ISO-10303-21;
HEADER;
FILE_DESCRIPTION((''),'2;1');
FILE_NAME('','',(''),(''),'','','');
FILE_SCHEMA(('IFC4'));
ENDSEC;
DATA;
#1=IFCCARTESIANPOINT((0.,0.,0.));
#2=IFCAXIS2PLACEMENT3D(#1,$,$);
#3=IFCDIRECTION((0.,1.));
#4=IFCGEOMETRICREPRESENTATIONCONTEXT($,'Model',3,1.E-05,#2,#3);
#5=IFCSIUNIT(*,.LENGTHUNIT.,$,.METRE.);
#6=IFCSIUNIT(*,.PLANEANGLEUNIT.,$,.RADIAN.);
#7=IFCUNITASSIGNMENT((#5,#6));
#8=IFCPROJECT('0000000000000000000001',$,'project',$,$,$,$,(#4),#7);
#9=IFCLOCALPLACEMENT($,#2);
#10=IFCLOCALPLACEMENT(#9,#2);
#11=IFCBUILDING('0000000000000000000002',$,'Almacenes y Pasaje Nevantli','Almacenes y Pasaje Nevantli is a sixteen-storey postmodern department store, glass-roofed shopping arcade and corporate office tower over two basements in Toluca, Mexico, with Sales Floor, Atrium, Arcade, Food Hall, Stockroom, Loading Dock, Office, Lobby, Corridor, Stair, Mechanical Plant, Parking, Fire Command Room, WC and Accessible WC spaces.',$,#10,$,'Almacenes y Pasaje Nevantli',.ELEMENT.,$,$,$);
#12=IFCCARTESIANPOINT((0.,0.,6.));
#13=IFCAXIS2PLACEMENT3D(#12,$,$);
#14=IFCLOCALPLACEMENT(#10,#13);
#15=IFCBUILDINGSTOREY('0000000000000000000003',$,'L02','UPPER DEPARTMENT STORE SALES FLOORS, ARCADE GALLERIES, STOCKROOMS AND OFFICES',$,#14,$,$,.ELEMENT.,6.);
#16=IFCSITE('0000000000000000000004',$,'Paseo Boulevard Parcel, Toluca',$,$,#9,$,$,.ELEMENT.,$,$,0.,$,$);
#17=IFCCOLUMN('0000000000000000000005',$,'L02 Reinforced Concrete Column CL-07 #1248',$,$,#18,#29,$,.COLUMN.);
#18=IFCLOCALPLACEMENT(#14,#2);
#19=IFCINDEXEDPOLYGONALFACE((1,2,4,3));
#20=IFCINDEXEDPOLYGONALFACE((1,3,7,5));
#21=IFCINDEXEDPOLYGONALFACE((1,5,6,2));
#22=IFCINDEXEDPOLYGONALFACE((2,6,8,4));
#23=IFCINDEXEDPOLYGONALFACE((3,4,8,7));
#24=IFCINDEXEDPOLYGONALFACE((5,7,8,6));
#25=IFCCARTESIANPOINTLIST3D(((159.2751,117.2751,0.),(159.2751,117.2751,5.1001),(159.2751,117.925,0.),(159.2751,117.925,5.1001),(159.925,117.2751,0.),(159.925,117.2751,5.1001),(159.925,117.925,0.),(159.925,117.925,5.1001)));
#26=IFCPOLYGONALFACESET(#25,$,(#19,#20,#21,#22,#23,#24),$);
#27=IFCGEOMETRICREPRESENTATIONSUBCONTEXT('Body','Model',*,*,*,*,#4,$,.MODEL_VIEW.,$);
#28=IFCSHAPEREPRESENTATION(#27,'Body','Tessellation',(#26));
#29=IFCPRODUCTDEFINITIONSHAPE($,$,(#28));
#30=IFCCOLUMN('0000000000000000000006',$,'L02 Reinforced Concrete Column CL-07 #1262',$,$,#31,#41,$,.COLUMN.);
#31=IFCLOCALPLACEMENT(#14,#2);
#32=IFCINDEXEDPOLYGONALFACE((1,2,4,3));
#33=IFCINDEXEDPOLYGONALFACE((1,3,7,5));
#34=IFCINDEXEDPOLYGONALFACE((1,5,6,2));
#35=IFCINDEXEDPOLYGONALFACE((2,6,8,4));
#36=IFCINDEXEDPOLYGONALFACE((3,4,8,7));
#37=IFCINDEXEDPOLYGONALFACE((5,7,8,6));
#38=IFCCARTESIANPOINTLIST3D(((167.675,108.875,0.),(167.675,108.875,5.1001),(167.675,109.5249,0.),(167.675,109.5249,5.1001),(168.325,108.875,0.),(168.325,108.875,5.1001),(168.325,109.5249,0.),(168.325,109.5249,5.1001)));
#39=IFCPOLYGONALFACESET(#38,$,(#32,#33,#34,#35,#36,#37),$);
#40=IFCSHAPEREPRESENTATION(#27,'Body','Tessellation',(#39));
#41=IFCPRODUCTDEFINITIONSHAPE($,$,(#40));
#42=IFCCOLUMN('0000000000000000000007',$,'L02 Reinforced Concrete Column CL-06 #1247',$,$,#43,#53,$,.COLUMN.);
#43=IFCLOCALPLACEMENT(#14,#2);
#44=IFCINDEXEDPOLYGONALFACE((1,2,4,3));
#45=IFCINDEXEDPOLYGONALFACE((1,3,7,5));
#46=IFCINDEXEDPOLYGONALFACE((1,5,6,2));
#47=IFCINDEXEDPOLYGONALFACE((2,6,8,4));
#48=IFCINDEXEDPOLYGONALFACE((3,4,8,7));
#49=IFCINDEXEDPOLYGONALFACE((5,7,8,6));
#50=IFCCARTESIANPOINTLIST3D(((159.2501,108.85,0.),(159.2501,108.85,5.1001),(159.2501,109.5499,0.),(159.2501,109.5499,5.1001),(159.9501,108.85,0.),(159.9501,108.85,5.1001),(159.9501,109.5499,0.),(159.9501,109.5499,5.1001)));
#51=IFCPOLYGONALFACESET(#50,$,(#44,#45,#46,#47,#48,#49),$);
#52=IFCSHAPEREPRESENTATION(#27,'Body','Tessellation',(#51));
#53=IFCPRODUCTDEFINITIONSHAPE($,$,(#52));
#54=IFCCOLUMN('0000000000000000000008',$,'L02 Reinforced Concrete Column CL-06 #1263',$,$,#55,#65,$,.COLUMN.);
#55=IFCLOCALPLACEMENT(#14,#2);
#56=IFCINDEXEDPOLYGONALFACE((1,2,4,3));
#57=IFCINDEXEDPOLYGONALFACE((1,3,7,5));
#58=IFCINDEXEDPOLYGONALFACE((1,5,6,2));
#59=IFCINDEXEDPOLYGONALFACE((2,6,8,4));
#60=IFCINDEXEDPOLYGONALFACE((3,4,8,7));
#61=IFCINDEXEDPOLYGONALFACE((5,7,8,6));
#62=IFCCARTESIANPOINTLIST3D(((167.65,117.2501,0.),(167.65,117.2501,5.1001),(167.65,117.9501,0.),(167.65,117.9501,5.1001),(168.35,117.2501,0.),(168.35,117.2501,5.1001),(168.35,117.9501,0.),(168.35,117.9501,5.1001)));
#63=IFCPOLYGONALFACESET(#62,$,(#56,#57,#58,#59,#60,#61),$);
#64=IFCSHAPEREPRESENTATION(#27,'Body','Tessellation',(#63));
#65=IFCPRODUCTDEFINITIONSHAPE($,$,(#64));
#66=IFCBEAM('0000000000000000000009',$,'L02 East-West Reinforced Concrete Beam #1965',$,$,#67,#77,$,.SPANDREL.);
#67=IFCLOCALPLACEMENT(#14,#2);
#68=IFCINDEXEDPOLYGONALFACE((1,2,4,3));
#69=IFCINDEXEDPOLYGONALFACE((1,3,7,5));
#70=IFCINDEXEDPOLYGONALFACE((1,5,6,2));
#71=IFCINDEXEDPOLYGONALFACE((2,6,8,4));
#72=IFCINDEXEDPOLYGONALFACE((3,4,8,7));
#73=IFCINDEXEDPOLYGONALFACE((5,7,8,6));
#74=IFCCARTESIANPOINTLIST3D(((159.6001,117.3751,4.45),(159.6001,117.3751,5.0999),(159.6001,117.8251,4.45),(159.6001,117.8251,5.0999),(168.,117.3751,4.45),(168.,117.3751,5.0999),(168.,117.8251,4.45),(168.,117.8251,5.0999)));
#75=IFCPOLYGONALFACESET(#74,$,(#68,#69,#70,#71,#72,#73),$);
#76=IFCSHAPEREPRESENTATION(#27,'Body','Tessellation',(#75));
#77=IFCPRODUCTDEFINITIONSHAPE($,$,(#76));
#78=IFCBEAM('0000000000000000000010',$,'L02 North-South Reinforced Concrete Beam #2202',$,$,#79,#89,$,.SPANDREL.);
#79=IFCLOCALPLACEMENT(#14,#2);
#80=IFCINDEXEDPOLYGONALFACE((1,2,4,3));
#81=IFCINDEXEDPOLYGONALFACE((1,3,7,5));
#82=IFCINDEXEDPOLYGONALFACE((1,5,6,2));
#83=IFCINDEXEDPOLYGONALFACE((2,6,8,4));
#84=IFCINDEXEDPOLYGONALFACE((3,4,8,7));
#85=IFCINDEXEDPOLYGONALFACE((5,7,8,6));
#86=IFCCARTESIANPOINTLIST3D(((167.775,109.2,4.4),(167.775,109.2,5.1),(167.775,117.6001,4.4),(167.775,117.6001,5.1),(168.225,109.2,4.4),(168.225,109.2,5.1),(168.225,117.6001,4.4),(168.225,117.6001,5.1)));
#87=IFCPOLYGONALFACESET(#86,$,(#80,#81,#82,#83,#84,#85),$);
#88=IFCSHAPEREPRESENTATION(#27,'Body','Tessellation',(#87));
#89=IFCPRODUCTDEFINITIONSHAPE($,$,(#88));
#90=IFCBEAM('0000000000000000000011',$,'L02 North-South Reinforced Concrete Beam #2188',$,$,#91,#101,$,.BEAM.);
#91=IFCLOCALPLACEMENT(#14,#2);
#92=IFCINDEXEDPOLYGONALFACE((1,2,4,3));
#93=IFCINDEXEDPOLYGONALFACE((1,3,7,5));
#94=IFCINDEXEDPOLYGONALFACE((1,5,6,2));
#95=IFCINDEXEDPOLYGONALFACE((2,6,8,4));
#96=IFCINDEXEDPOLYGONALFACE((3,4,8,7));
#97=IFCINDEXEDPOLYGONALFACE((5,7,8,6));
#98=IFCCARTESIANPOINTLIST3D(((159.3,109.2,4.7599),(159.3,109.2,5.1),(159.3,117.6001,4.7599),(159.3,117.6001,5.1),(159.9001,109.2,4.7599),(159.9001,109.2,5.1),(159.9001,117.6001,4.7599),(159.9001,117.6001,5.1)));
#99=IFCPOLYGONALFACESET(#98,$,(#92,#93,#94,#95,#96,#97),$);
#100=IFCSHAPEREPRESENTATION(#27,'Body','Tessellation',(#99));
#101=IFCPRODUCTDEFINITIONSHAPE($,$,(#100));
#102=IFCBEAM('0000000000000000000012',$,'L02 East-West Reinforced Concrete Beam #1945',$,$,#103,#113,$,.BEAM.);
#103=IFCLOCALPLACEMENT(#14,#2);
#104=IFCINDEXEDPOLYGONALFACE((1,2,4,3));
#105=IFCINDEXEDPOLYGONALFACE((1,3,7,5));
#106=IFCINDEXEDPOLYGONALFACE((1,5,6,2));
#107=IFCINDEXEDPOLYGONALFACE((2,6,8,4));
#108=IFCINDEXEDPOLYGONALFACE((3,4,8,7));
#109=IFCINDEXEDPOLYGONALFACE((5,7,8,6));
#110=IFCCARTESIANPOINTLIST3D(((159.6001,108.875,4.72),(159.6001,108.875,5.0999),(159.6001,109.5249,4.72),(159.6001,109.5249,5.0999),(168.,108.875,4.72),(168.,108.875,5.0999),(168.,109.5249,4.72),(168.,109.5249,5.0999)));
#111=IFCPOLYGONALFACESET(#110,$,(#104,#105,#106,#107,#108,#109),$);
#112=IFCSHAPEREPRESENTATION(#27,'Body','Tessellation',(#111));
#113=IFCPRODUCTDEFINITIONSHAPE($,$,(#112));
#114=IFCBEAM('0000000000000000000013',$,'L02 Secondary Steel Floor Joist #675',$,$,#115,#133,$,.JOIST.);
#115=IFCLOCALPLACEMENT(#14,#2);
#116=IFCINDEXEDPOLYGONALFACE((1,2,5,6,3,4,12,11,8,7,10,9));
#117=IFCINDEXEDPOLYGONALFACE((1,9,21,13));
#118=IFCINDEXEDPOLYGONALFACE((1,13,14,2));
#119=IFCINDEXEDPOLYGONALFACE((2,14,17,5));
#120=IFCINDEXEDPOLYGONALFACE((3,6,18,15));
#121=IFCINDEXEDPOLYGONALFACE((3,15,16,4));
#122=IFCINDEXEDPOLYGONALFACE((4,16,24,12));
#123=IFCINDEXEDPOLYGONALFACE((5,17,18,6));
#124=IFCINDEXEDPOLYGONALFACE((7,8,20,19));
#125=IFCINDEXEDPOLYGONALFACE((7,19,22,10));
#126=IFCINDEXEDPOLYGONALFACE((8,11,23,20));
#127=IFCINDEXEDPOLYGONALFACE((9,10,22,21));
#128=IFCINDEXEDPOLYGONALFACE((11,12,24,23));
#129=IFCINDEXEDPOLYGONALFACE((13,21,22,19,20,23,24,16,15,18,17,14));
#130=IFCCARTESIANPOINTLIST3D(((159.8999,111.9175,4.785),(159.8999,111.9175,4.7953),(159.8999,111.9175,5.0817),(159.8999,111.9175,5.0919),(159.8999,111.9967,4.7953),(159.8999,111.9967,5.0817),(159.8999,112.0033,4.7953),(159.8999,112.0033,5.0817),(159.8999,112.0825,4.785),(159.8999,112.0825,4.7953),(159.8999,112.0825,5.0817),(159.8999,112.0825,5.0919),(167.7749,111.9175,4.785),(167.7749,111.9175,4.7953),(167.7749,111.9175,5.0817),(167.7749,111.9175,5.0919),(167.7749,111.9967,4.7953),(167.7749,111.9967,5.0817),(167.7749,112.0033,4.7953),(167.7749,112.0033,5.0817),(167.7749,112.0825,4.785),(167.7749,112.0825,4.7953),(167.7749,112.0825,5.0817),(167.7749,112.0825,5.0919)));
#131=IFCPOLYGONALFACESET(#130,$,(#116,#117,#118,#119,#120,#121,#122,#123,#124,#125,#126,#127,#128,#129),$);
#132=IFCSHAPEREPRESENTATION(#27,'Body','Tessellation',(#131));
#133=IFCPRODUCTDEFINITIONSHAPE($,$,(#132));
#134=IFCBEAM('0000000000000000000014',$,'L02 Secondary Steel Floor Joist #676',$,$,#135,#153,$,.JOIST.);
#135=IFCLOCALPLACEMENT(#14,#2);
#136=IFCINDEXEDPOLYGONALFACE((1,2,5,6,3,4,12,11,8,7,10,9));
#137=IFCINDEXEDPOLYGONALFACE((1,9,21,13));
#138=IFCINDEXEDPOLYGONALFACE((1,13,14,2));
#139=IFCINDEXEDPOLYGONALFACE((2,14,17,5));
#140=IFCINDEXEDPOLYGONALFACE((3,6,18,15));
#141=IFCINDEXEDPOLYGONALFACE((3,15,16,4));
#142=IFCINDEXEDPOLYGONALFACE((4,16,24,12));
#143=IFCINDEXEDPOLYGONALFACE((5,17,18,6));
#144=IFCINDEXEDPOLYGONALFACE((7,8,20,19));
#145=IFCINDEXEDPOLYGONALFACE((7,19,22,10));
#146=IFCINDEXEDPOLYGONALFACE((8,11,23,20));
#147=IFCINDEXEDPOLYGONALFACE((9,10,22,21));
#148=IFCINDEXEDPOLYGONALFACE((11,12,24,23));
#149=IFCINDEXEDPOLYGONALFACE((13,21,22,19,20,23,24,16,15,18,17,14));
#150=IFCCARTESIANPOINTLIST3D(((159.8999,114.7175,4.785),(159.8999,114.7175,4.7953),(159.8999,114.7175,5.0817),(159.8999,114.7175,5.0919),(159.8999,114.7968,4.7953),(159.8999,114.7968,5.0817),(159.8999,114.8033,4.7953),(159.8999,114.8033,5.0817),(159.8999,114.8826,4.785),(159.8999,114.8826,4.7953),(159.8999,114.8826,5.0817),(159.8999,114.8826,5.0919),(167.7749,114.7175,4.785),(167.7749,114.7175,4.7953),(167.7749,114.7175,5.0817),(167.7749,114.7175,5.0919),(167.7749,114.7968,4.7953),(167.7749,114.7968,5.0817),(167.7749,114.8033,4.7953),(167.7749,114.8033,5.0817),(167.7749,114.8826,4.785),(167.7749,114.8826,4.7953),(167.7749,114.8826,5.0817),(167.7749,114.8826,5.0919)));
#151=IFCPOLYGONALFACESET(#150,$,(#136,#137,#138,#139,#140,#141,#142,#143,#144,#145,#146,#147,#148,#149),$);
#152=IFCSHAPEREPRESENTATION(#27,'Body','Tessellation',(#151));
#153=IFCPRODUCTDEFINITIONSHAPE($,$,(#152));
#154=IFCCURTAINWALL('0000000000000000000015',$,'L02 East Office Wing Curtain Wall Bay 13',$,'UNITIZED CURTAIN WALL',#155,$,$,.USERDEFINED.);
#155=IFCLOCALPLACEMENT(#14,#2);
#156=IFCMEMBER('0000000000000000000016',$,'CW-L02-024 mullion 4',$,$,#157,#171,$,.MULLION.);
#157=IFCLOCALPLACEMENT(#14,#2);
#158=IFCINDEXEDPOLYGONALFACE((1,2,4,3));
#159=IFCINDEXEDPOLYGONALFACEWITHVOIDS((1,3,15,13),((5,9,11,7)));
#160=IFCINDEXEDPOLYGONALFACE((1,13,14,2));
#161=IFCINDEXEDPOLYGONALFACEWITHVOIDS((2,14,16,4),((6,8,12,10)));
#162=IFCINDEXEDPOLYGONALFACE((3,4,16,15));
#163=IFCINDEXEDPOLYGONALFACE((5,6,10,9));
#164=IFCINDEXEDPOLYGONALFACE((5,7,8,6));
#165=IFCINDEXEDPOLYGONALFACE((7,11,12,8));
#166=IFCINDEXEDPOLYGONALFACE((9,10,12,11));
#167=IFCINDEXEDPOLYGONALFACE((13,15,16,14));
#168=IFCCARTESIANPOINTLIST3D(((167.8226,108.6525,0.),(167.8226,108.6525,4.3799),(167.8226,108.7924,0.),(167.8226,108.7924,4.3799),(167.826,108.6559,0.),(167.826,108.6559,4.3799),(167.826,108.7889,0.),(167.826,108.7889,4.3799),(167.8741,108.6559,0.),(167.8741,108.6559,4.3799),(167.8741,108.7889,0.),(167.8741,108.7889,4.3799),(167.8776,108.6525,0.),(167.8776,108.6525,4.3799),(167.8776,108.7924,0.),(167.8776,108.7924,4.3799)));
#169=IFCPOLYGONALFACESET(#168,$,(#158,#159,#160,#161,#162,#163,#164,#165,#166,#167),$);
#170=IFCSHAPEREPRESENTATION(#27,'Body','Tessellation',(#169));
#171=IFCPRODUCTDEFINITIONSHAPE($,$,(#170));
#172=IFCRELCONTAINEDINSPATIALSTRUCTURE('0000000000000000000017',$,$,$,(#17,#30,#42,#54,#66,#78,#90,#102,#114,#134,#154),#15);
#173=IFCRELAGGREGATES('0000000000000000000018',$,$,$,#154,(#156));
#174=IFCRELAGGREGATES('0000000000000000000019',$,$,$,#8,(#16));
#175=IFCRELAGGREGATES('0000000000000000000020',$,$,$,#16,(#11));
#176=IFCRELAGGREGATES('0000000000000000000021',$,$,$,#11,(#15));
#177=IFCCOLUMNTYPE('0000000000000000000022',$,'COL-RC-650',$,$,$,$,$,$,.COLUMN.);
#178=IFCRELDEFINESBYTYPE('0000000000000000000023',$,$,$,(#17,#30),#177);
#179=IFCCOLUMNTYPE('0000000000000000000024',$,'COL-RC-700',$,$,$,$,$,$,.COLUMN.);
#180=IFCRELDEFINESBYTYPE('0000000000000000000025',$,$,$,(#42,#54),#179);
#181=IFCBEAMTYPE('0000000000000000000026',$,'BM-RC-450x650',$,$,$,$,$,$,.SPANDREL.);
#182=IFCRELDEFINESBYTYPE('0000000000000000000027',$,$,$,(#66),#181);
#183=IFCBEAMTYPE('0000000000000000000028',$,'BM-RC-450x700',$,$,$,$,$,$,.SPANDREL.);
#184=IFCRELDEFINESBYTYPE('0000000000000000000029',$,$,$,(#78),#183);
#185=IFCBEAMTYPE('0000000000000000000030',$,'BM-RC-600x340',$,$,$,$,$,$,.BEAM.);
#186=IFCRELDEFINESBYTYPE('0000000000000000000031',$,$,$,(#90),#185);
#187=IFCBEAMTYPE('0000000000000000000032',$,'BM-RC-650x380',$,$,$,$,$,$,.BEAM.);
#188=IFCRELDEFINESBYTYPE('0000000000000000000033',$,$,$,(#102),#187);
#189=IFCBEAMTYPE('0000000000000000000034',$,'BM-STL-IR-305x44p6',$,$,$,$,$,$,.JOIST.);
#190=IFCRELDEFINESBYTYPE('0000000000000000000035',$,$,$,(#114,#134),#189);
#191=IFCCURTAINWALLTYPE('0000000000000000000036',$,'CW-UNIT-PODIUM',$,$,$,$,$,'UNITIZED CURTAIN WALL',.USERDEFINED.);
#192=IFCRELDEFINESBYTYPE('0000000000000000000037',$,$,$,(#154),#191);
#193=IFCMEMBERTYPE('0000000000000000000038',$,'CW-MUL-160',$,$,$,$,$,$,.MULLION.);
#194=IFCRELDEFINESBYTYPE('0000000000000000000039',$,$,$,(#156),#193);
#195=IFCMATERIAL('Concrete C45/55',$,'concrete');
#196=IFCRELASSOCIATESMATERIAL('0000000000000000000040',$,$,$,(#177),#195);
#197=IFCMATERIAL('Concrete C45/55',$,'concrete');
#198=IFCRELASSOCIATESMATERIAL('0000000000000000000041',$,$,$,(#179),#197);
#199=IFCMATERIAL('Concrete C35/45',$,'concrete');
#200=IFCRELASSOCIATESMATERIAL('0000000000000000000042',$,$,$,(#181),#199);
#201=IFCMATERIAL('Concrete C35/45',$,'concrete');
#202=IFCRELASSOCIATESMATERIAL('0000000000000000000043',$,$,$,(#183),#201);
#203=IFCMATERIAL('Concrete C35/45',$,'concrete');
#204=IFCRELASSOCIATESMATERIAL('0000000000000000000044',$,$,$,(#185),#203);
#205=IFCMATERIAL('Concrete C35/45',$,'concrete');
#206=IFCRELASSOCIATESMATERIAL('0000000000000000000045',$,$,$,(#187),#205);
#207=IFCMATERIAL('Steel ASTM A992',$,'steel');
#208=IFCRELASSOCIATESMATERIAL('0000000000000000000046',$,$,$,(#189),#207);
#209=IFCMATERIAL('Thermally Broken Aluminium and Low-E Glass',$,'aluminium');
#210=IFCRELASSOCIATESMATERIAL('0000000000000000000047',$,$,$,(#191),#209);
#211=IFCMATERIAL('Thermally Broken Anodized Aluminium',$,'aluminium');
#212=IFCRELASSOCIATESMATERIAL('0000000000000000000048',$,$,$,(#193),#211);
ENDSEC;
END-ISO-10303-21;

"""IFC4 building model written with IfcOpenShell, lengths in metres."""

from ifc_helpers import new_model, si_unit, direction, frame, origin, origin_2d, place, context, subcontext, project, spatial, rectangle, hollow_rectangle, i_section, extrude, material, material_profile, profile_set, type_object, element, aggregate, save


model = new_model("IFC4")

# Units and contexts
model_context = context("Model", 3, precision=1e-05, world=origin(), true_north=direction((0.0, 1.0)))
body_context = subcontext(model_context, "Body", "Model", "MODEL_VIEW")
ifc_project = project(units=[si_unit("LENGTHUNIT", "METRE"), si_unit("PLANEANGLEUNIT", "RADIAN")], contexts=[model_context])

# Site, building, storey
site_placement = place(None, origin())
site = spatial("IfcSite", under=ifc_project, at=site_placement, Name="Paseo Boulevard Parcel, Toluca", CompositionType="ELEMENT", RefElevation=0.0)
building_placement = place(site_placement, origin())
building = spatial("IfcBuilding", under=site, at=building_placement, Name="Almacenes y Pasaje Nevantli", Description="Almacenes y Pasaje Nevantli is a sixteen-storey postmodern department store, glass-roofed shopping arcade and corporate office tower over two basements in Toluca, Mexico, with Sales Floor, Atrium, Arcade, Food Hall, Stockroom, Loading Dock, Office, Lobby, Corridor, Stair, Mechanical Plant, Parking, Fire Command Room, WC and Accessible WC spaces.", LongName="Almacenes y Pasaje Nevantli", CompositionType="ELEMENT")
storey_placement = place(building_placement, frame((0.0, 0.0, 6.0)))
storey = spatial("IfcBuildingStorey", under=building, at=storey_placement, Name="L02", Description="UPPER DEPARTMENT STORE SALES FLOORS, ARCADE GALLERIES, STOCKROOMS AND OFFICES", CompositionType="ELEMENT", Elevation=6.0)

# Columns
ifc_material_1 = material(Name="Concrete C45/55", Category="concrete")
ifc_material_profile_1 = material_profile(ifc_material_1, rectangle(XDim=0.6499, YDim=0.6499, at=origin_2d()), Name="RC-COL-650x650")
ifc_profile_set_1 = profile_set([ifc_material_profile_1], Name="Concrete C45/55")
column_type_1 = type_object("IfcColumnType", Name="COL-RC-650", PredefinedType="COLUMN", material=ifc_profile_set_1)
for number, where, z_axis, x_axis, name in (
    (1, (159.6001, 117.6001, 0.0), (0.0, 0.0, 1.0), (1.0, 0.0, 0.0), "L02 Reinforced Concrete Column CL-07 #1248"),
    (2, (168.0, 109.2, 0.0), (0.0, 0.0, 1.0), (1.0, 0.0, 0.0), "L02 Reinforced Concrete Column CL-07 #1262"),
):
    element("IfcColumn", number, at=place(storey_placement, frame(where, z_axis=z_axis, x_axis=x_axis)), inside=storey, type_object=column_type_1, Name=name, PredefinedType="COLUMN", context=body_context, shape_type="SweptSolid", body=[
        extrude(rectangle(XDim=0.6499, YDim=0.6499, at=origin_2d()), origin(), (0.0, 0.0, 1.0), 5.1001),
    ])
ifc_material_2 = material(Name="Concrete C45/55", Category="concrete")
ifc_material_profile_2 = material_profile(ifc_material_2, rectangle(XDim=0.7, YDim=0.7, at=origin_2d()), Name="RC-COL-700x700")
ifc_profile_set_2 = profile_set([ifc_material_profile_2], Name="Concrete C45/55")
column_type_2 = type_object("IfcColumnType", Name="COL-RC-700", PredefinedType="COLUMN", material=ifc_profile_set_2)
for number, where, z_axis, x_axis, name in (
    (3, (159.6001, 109.2, 0.0), (0.0, 0.0, 1.0), (1.0, 0.0, 0.0), "L02 Reinforced Concrete Column CL-06 #1247"),
    (4, (168.0, 117.6001, 0.0), (0.0, 0.0, 1.0), (1.0, 0.0, 0.0), "L02 Reinforced Concrete Column CL-06 #1263"),
):
    element("IfcColumn", number, at=place(storey_placement, frame(where, z_axis=z_axis, x_axis=x_axis)), inside=storey, type_object=column_type_2, Name=name, PredefinedType="COLUMN", context=body_context, shape_type="SweptSolid", body=[
        extrude(rectangle(XDim=0.7, YDim=0.7, at=origin_2d()), origin(), (0.0, 0.0, 1.0), 5.1001),
    ])

# Beams
ifc_material_3 = material(Name="Concrete C35/45", Category="concrete")
ifc_material_profile_3 = material_profile(ifc_material_3, rectangle(XDim=0.45, YDim=0.6499, at=origin_2d()), Name="RC-BM-450x650")
ifc_profile_set_3 = profile_set([ifc_material_profile_3], Name="Concrete C35/45")
beam_type_1 = type_object("IfcBeamType", Name="BM-RC-450x650", PredefinedType="SPANDREL", material=ifc_profile_set_3)
beam_1_placement = place(storey_placement, frame((159.6001, 117.6001, 4.7749), z_axis=(1.0, 0.0, 0.0), x_axis=(0.0, 1.0, 0.0)))
element("IfcBeam", 5, at=beam_1_placement, inside=storey, type_object=beam_type_1, Name="L02 East-West Reinforced Concrete Beam #1965", PredefinedType="SPANDREL", context=body_context, shape_type="SweptSolid", body=[
    extrude(rectangle(XDim=0.45, YDim=0.6499, at=origin_2d()), origin(), (0.0, 0.0, 1.0), 8.3999),
])
ifc_material_4 = material(Name="Concrete C35/45", Category="concrete")
ifc_material_profile_4 = material_profile(ifc_material_4, rectangle(XDim=0.45, YDim=0.7, at=origin_2d()), Name="RC-BM-450x700")
ifc_profile_set_4 = profile_set([ifc_material_profile_4], Name="Concrete C35/45")
beam_type_2 = type_object("IfcBeamType", Name="BM-RC-450x700", PredefinedType="SPANDREL", material=ifc_profile_set_4)
beam_2_placement = place(storey_placement, frame((168.0, 109.2, 4.75), z_axis=(0.0, 1.0, 0.0), x_axis=(-1.0, 0.0, 0.0)))
element("IfcBeam", 6, at=beam_2_placement, inside=storey, type_object=beam_type_2, Name="L02 North-South Reinforced Concrete Beam #2202", PredefinedType="SPANDREL", context=body_context, shape_type="SweptSolid", body=[
    extrude(rectangle(XDim=0.45, YDim=0.7, at=origin_2d()), origin(), (0.0, 0.0, 1.0), 8.4001),
])
ifc_material_5 = material(Name="Concrete C35/45", Category="concrete")
ifc_material_profile_5 = material_profile(ifc_material_5, rectangle(XDim=0.6001, YDim=0.3401, at=origin_2d()), Name="RC-BM-600x340")
ifc_profile_set_5 = profile_set([ifc_material_profile_5], Name="Concrete C35/45")
beam_type_3 = type_object("IfcBeamType", Name="BM-RC-600x340", PredefinedType="BEAM", material=ifc_profile_set_5)
beam_3_placement = place(storey_placement, frame((159.6001, 109.2, 4.9299), z_axis=(0.0, 1.0, 0.0), x_axis=(-1.0, 0.0, 0.0)))
element("IfcBeam", 7, at=beam_3_placement, inside=storey, type_object=beam_type_3, Name="L02 North-South Reinforced Concrete Beam #2188", PredefinedType="BEAM", context=body_context, shape_type="SweptSolid", body=[
    extrude(rectangle(XDim=0.6001, YDim=0.3401, at=origin_2d()), origin(), (0.0, 0.0, 1.0), 8.4001),
])
ifc_material_6 = material(Name="Concrete C35/45", Category="concrete")
ifc_material_profile_6 = material_profile(ifc_material_6, rectangle(XDim=0.6499, YDim=0.3799, at=origin_2d()), Name="RC-BM-650x380")
ifc_profile_set_6 = profile_set([ifc_material_profile_6], Name="Concrete C35/45")
beam_type_4 = type_object("IfcBeamType", Name="BM-RC-650x380", PredefinedType="BEAM", material=ifc_profile_set_6)
beam_4_placement = place(storey_placement, frame((159.6001, 109.2, 4.9099), z_axis=(1.0, 0.0, 0.0), x_axis=(0.0, 1.0, 0.0)))
element("IfcBeam", 8, at=beam_4_placement, inside=storey, type_object=beam_type_4, Name="L02 East-West Reinforced Concrete Beam #1945", PredefinedType="BEAM", context=body_context, shape_type="SweptSolid", body=[
    extrude(rectangle(XDim=0.6499, YDim=0.3799, at=origin_2d()), origin(), (0.0, 0.0, 1.0), 8.3999),
])
ifc_material_7 = material(Name="Steel ASTM A992", Category="steel")
ifc_material_profile_7 = material_profile(ifc_material_7, i_section(OverallWidth=0.165, OverallDepth=0.3069, WebThickness=0.0066, FlangeThickness=0.0103, at=origin_2d()), Name="IR 305x44.6")
ifc_profile_set_7 = profile_set([ifc_material_profile_7], Name="Steel ASTM A992")
beam_type_5 = type_object("IfcBeamType", Name="BM-STL-IR-305x44p6", PredefinedType="JOIST", material=ifc_profile_set_7)
for number, where, z_axis, x_axis, name in (
    (9, (159.8999, 112.0, 4.9385), (1.0, 0.0, 0.0), (0.0, 1.0, 0.0), "L02 Secondary Steel Floor Joist #675"),
    (10, (159.8999, 114.8, 4.9385), (1.0, 0.0, 0.0), (0.0, 1.0, 0.0), "L02 Secondary Steel Floor Joist #676"),
):
    element("IfcBeam", number, at=place(storey_placement, frame(where, z_axis=z_axis, x_axis=x_axis)), inside=storey, type_object=beam_type_5, Name=name, PredefinedType="JOIST", context=body_context, shape_type="SweptSolid", body=[
        extrude(i_section(OverallWidth=0.165, OverallDepth=0.3069, WebThickness=0.0066, FlangeThickness=0.0103, at=origin_2d()), origin(), (0.0, 0.0, 1.0), 7.875),
    ])

# Curtain wall, member
ifc_material_8 = material(Name="Thermally Broken Aluminium and Low-E Glass", Category="aluminium")
curtain_wall_type_1 = type_object("IfcCurtainWallType", Name="CW-UNIT-PODIUM", ElementType="UNITIZED CURTAIN WALL", PredefinedType="USERDEFINED", material=ifc_material_8)
curtain_wall_1_placement = place(storey_placement, origin())
curtain_wall_1 = element("IfcCurtainWall", 11, at=curtain_wall_1_placement, inside=storey, type_object=curtain_wall_type_1, Name="L02 East Office Wing Curtain Wall Bay 13", ObjectType="UNITIZED CURTAIN WALL", PredefinedType="USERDEFINED")
ifc_material_9 = material(Name="Thermally Broken Anodized Aluminium", Category="aluminium")
ifc_material_profile_8 = material_profile(ifc_material_9, hollow_rectangle(XDim=0.0549, YDim=0.1399, WallThickness=0.0034, at=origin_2d()), Name="ALU-MUL-55x140")
ifc_profile_set_8 = profile_set([ifc_material_profile_8], Name="Thermally Broken Anodized Aluminium")
member_type_1 = type_object("IfcMemberType", Name="CW-MUL-160", PredefinedType="MULLION", material=ifc_profile_set_8)
member_1_placement = place(storey_placement, frame((167.8501, 108.7224, 0.0), z_axis=(0.0, 0.0, 1.0), x_axis=(-1.0, 0.0, 0.0)))
member_1 = element("IfcMember", 12, at=member_1_placement, type_object=member_type_1, Name="CW-L02-024 mullion 4", PredefinedType="MULLION", context=body_context, shape_type="SweptSolid", body=[
    extrude(hollow_rectangle(XDim=0.0549, YDim=0.1399, WallThickness=0.0034, at=origin_2d()), origin(), (0.0, 0.0, 1.0), 4.3799),
])

aggregate(curtain_wall_1, [member_1])

save(model, "model.ifc")
